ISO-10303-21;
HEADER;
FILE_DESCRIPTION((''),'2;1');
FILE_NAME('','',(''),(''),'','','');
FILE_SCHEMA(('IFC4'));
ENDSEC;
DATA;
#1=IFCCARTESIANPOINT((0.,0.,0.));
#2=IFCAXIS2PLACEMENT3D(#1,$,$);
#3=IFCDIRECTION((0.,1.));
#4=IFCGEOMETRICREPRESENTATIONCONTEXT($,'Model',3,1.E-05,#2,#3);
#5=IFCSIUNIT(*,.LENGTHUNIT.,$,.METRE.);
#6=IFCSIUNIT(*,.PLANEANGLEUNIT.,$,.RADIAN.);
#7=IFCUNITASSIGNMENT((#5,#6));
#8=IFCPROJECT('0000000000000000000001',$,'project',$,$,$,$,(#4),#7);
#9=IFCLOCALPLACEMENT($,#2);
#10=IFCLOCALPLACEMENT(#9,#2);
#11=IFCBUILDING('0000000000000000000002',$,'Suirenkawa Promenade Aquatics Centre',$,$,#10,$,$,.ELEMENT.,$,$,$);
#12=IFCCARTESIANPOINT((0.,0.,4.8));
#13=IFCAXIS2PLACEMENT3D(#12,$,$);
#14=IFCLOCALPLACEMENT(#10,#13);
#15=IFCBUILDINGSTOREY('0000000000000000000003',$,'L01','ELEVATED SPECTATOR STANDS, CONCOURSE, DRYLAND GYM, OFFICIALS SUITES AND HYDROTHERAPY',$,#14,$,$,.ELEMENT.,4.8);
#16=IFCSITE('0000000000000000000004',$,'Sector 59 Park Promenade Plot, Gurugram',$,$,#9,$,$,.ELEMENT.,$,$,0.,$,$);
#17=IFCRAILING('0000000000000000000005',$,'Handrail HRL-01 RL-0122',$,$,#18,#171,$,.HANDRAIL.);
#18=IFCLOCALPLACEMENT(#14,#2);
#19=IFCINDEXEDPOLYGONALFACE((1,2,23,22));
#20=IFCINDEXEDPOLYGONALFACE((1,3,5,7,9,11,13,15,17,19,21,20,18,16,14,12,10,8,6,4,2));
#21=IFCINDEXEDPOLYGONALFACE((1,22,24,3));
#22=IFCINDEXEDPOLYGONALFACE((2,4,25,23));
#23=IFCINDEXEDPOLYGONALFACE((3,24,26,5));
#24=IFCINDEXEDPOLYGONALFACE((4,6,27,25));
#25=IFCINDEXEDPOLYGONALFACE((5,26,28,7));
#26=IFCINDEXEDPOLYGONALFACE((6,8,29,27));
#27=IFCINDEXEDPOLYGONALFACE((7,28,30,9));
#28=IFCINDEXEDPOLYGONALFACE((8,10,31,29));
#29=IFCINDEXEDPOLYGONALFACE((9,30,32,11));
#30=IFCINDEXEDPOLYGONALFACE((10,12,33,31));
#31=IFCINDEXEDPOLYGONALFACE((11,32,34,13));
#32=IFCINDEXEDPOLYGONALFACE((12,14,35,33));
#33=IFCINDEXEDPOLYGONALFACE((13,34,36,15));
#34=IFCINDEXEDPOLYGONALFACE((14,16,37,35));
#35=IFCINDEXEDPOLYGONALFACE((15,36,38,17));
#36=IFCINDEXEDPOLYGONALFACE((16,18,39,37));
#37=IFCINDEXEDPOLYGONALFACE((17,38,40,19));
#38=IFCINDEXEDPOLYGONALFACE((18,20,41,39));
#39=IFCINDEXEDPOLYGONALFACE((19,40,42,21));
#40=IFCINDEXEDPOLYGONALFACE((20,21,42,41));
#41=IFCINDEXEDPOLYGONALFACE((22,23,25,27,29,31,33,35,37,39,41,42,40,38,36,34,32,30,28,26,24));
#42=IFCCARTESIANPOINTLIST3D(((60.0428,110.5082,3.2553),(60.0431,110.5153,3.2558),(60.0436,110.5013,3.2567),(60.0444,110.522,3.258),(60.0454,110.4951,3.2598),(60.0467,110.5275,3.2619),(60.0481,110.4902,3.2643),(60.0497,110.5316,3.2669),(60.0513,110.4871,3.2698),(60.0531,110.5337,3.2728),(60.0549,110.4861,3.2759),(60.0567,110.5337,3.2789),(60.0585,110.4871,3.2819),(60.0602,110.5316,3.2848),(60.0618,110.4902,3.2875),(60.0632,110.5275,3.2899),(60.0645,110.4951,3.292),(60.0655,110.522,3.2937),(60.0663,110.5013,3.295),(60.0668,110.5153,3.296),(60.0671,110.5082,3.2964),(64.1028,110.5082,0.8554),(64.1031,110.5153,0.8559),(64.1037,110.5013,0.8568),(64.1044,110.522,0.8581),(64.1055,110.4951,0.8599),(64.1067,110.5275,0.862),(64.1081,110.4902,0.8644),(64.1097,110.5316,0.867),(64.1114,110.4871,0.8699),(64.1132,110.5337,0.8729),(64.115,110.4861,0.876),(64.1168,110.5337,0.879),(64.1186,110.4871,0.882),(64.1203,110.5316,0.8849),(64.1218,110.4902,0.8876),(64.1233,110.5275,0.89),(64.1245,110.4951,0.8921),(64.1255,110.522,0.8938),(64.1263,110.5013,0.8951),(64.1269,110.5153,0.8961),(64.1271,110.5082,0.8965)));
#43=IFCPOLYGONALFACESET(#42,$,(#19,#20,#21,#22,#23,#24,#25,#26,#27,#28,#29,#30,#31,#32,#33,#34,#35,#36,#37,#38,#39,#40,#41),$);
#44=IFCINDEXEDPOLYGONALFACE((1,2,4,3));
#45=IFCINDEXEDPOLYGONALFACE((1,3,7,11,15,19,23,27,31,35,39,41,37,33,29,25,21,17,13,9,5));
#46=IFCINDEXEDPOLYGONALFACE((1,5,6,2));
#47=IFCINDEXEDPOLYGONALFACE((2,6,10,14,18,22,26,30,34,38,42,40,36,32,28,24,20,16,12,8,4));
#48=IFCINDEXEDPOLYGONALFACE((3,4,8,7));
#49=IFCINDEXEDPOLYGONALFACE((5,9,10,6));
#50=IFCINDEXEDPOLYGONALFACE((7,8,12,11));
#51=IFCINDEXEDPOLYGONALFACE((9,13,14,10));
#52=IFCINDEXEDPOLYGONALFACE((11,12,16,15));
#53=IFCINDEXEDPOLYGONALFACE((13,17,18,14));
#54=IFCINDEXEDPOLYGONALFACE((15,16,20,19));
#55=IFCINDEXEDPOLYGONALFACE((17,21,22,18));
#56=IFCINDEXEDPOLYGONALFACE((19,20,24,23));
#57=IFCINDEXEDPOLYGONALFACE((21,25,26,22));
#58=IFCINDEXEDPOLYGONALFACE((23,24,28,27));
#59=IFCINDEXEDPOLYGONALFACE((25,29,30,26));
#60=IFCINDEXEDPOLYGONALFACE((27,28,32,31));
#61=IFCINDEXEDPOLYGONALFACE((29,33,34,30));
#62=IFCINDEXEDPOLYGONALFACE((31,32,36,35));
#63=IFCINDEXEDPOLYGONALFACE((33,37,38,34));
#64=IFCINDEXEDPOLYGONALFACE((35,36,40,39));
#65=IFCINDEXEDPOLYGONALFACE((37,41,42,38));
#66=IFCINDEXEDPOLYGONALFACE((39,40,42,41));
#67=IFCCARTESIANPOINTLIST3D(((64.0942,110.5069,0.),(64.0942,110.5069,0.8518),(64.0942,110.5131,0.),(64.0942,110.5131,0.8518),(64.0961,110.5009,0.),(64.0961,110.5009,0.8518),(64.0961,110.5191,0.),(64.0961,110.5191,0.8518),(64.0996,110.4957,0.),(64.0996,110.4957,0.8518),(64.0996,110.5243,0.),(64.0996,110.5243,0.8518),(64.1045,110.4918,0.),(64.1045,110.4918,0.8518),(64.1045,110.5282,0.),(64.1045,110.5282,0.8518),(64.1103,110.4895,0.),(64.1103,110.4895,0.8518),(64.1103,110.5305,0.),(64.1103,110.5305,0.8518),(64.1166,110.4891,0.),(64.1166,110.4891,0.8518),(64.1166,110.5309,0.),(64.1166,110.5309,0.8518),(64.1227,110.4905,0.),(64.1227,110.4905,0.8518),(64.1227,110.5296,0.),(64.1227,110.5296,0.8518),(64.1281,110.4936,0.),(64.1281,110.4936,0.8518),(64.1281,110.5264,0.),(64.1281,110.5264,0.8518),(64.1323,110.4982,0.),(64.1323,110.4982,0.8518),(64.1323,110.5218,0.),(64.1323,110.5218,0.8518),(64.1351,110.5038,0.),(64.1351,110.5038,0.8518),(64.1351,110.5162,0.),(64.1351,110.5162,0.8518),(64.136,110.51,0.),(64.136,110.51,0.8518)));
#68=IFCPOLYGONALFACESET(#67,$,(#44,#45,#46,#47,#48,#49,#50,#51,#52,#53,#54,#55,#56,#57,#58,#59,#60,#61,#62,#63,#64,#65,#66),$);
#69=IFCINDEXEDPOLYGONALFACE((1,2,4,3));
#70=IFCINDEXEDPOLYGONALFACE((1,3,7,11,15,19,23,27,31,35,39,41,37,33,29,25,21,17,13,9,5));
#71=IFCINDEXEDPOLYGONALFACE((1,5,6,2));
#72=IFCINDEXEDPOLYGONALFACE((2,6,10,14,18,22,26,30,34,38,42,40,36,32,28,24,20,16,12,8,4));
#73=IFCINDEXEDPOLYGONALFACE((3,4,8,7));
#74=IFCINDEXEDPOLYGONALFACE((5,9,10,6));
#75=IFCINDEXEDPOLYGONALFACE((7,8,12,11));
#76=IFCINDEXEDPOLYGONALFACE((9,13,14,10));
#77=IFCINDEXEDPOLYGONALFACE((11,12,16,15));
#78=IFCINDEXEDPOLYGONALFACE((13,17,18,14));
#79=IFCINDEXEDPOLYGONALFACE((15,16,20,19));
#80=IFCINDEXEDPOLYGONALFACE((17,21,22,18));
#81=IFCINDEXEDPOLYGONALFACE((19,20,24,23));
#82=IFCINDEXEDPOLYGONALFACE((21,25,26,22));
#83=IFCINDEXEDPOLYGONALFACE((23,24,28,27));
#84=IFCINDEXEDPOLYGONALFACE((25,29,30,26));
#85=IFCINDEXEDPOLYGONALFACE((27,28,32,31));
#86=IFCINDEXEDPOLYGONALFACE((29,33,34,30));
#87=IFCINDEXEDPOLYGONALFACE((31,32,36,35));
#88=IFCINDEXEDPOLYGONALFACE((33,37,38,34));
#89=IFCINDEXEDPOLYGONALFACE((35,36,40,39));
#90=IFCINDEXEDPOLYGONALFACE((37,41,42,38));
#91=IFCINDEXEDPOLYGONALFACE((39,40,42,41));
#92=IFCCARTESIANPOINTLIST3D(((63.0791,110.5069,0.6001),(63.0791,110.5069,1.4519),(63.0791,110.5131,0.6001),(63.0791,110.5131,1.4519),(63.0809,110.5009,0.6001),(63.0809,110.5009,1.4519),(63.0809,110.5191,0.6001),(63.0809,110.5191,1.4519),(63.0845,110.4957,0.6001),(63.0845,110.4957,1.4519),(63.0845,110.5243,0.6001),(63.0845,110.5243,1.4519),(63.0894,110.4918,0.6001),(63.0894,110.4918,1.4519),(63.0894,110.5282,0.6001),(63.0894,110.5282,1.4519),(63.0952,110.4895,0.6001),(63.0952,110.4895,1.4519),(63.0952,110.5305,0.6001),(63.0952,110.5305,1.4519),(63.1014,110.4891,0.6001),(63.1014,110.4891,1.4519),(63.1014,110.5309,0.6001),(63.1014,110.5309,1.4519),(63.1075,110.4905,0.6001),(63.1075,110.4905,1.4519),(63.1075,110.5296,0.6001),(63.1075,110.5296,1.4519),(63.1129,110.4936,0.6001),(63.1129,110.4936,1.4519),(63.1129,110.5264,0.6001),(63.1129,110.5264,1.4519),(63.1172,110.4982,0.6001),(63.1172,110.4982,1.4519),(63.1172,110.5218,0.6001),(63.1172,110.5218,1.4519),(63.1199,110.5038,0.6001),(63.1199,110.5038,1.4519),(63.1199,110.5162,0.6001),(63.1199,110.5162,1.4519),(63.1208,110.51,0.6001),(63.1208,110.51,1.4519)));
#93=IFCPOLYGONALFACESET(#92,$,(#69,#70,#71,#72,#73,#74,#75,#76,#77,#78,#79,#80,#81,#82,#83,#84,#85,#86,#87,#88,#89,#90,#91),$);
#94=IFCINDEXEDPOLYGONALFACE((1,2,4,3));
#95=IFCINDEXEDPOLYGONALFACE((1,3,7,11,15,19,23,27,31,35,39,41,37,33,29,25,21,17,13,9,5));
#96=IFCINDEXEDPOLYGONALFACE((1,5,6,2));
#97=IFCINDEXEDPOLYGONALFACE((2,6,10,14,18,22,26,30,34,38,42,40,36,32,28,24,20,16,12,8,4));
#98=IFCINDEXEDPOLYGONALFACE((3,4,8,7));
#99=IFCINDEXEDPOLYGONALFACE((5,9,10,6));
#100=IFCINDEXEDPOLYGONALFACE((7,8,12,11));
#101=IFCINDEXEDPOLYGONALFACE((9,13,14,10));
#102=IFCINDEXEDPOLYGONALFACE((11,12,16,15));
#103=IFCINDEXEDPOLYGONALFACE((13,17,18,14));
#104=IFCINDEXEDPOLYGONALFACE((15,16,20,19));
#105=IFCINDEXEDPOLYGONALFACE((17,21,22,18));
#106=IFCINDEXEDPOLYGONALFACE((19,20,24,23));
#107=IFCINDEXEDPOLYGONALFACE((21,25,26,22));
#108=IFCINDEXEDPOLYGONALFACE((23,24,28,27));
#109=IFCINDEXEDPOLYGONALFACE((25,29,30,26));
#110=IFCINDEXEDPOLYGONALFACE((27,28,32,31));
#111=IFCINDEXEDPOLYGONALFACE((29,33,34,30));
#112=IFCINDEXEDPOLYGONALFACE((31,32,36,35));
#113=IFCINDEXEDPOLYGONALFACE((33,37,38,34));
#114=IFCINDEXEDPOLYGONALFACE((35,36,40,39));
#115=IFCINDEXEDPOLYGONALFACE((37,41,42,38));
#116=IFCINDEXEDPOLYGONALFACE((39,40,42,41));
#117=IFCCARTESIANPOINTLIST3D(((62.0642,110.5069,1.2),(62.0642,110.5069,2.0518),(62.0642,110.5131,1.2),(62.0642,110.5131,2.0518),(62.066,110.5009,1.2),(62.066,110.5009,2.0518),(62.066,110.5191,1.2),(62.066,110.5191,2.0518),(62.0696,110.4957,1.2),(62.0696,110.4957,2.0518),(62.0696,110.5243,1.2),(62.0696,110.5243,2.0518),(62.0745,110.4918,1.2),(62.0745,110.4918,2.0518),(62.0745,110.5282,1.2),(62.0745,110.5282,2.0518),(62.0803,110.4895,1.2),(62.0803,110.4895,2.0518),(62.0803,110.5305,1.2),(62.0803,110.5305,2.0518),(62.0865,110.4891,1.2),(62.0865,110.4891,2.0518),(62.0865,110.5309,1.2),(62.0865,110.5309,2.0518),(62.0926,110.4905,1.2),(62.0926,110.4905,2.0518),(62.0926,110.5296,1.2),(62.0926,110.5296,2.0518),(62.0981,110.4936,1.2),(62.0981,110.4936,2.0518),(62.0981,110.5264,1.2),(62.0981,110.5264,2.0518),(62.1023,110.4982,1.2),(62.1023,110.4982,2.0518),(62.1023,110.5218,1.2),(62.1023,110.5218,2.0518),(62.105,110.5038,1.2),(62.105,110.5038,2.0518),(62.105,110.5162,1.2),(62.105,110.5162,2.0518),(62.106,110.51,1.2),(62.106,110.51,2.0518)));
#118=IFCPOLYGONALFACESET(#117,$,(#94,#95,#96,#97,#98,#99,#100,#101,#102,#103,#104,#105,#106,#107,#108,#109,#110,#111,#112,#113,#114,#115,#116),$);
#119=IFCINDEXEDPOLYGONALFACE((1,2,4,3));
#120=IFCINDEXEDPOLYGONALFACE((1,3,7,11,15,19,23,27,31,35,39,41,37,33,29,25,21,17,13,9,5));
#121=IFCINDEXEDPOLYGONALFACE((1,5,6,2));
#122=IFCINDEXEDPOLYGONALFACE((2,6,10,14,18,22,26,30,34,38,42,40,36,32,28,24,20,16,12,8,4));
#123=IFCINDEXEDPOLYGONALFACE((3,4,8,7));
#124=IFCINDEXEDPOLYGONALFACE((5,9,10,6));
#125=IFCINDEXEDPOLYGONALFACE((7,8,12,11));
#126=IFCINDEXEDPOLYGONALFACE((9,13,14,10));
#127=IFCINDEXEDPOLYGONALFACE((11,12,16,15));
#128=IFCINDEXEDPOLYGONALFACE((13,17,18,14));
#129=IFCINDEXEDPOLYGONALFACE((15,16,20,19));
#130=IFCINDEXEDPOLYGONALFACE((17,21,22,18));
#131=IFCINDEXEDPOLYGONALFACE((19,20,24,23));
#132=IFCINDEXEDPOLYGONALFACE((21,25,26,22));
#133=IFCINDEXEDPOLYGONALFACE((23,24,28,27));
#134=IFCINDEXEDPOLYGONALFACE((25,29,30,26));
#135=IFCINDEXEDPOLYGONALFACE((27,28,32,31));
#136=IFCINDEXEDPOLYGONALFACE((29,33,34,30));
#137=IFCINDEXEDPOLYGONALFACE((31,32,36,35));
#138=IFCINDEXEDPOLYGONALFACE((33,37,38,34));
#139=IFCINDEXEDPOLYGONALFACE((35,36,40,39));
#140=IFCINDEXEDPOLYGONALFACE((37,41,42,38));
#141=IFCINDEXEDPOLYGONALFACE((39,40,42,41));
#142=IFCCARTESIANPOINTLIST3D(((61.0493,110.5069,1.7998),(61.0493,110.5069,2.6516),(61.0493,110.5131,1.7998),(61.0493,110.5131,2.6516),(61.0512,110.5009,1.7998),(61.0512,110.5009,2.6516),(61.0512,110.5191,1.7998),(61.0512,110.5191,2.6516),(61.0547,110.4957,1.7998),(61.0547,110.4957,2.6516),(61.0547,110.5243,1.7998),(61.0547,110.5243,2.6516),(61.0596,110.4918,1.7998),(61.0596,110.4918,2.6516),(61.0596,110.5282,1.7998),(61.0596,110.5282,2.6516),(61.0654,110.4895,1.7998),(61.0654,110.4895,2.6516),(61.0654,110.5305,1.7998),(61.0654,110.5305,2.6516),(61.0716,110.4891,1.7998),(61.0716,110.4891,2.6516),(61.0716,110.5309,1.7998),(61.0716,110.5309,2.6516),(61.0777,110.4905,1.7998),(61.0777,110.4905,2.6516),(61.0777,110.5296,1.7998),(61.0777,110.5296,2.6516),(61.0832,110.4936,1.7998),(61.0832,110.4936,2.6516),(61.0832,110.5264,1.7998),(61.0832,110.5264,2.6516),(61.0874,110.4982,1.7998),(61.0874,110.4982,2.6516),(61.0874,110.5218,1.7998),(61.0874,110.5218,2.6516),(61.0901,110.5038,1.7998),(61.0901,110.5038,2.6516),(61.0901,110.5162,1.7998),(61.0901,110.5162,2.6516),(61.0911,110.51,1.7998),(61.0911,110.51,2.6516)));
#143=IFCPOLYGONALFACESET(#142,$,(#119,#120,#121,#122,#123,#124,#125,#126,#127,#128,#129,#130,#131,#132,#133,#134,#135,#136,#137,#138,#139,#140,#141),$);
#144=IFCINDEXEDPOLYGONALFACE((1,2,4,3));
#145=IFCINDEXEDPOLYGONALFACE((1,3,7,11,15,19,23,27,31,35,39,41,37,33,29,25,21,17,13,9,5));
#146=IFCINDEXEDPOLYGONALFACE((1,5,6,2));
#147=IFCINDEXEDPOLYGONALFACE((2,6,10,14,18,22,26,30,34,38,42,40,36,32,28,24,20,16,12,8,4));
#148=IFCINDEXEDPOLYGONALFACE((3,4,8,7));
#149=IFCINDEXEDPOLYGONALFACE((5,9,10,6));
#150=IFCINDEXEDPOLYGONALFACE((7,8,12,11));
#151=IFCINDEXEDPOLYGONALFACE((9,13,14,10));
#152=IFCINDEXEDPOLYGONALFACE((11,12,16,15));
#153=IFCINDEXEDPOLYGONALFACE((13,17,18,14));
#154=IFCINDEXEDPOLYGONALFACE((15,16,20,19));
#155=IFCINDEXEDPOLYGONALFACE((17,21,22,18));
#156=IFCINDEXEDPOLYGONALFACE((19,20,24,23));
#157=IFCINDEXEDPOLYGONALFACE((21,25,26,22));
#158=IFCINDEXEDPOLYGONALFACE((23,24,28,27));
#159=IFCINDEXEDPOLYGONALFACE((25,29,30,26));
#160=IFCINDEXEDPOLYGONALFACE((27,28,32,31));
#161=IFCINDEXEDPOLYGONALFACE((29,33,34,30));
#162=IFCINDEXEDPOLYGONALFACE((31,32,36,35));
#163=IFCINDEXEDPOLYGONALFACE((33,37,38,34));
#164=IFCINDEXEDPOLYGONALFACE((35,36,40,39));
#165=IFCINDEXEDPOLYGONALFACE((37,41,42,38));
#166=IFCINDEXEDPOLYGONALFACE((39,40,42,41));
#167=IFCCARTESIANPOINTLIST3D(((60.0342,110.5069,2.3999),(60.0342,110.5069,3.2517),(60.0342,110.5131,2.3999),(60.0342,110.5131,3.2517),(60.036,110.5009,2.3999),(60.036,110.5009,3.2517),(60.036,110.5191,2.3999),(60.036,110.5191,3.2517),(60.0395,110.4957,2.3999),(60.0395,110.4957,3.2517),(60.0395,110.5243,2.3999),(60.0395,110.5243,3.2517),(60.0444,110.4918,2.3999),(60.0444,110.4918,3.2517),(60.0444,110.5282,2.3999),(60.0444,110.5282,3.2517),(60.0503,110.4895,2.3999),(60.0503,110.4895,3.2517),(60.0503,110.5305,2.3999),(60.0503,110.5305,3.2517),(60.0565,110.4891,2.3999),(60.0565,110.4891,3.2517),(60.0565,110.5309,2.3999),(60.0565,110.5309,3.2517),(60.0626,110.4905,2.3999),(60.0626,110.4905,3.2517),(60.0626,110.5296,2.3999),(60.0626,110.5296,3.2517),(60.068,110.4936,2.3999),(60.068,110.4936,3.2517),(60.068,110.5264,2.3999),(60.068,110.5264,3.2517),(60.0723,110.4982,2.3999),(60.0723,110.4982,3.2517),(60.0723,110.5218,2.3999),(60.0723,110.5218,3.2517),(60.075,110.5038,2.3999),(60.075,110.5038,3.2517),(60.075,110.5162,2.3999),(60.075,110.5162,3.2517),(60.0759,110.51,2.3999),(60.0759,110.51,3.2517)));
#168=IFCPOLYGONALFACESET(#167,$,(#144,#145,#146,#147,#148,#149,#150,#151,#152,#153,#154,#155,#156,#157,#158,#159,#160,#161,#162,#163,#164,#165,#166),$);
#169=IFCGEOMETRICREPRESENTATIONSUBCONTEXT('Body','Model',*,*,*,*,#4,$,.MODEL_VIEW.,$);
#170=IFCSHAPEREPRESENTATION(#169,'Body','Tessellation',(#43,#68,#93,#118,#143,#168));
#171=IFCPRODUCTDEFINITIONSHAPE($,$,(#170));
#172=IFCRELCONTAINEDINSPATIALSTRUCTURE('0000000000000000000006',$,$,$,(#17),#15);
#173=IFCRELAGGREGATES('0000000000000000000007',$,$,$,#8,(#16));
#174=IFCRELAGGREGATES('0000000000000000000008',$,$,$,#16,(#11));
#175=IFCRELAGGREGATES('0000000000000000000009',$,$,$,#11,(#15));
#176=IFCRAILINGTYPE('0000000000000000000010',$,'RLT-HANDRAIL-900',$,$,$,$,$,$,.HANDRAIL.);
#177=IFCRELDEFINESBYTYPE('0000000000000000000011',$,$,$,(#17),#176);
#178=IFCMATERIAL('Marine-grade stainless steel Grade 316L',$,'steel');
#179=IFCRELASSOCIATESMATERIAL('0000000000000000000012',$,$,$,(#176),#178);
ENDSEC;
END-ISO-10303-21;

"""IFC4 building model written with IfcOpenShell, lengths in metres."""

from ifc_helpers import new_model, si_unit, direction, frame, origin, origin_2d, place, context, subcontext, project, spatial, circle, extrude, material, type_object, element, save


model = new_model("IFC4")

# Units and contexts
model_context = context("Model", 3, precision=1e-05, world=origin(), true_north=direction((0.0, 1.0)))
body_context = subcontext(model_context, "Body", "Model", "MODEL_VIEW")
ifc_project = project(units=[si_unit("LENGTHUNIT", "METRE"), si_unit("PLANEANGLEUNIT", "RADIAN")], contexts=[model_context])

# Site, building, storey
site_placement = place(None, origin())
site = spatial("IfcSite", under=ifc_project, at=site_placement, Name="Sector 59 Park Promenade Plot, Gurugram", CompositionType="ELEMENT", RefElevation=0.0)
building_placement = place(site_placement, origin())
building = spatial("IfcBuilding", under=site, at=building_placement, Name="Suirenkawa Promenade Aquatics Centre", CompositionType="ELEMENT")
storey_placement = place(building_placement, frame((0.0, 0.0, 4.8)))
storey = spatial("IfcBuildingStorey", under=building, at=storey_placement, Name="L01", Description="ELEVATED SPECTATOR STANDS, CONCOURSE, DRYLAND GYM, OFFICIALS SUITES AND HYDROTHERAPY", CompositionType="ELEMENT", Elevation=4.8)

# Railing
ifc_material_1 = material(Name="Marine-grade stainless steel Grade 316L", Category="steel")
railing_type_1 = type_object("IfcRailingType", Name="RLT-HANDRAIL-900", PredefinedType="HANDRAIL", material=ifc_material_1)
for number, where, name in (
    (1, (64.115, 110.51, 0.0), "Handrail HRL-01 RL-0122"),
):
    element("IfcRailing", number, at=place(storey_placement, frame(where)), inside=storey, type_object=railing_type_1, Name=name, PredefinedType="HANDRAIL", context=body_context, shape_type="SweptSolid", body=[
        extrude(circle(Radius=0.0239, at=origin_2d()), frame((0.0, 0.0, 0.876), z_axis=(-0.860854, 0.0, 0.508851), x_axis=(0.0, -1.0, 0.0)), (0.0, 0.0, 1.0), 4.7163),
        extrude(circle(Radius=0.021, at=origin_2d()), origin(), (0.0, 0.0, 1.0), 0.8518),
        extrude(circle(Radius=0.021, at=origin_2d()), frame((-1.0151, 0.0, 0.6001)), (0.0, 0.0, 1.0), 0.8518),
        extrude(circle(Radius=0.021, at=origin_2d()), frame((-2.03, 0.0, 1.2)), (0.0, 0.0, 1.0), 0.8518),
        extrude(circle(Radius=0.021, at=origin_2d()), frame((-3.0449, 0.0, 1.7998)), (0.0, 0.0, 1.0), 0.8518),
        extrude(circle(Radius=0.021, at=origin_2d()), frame((-4.0601, 0.0, 2.3999)), (0.0, 0.0, 1.0), 0.8518),
    ])

save(model, "model.ifc")
